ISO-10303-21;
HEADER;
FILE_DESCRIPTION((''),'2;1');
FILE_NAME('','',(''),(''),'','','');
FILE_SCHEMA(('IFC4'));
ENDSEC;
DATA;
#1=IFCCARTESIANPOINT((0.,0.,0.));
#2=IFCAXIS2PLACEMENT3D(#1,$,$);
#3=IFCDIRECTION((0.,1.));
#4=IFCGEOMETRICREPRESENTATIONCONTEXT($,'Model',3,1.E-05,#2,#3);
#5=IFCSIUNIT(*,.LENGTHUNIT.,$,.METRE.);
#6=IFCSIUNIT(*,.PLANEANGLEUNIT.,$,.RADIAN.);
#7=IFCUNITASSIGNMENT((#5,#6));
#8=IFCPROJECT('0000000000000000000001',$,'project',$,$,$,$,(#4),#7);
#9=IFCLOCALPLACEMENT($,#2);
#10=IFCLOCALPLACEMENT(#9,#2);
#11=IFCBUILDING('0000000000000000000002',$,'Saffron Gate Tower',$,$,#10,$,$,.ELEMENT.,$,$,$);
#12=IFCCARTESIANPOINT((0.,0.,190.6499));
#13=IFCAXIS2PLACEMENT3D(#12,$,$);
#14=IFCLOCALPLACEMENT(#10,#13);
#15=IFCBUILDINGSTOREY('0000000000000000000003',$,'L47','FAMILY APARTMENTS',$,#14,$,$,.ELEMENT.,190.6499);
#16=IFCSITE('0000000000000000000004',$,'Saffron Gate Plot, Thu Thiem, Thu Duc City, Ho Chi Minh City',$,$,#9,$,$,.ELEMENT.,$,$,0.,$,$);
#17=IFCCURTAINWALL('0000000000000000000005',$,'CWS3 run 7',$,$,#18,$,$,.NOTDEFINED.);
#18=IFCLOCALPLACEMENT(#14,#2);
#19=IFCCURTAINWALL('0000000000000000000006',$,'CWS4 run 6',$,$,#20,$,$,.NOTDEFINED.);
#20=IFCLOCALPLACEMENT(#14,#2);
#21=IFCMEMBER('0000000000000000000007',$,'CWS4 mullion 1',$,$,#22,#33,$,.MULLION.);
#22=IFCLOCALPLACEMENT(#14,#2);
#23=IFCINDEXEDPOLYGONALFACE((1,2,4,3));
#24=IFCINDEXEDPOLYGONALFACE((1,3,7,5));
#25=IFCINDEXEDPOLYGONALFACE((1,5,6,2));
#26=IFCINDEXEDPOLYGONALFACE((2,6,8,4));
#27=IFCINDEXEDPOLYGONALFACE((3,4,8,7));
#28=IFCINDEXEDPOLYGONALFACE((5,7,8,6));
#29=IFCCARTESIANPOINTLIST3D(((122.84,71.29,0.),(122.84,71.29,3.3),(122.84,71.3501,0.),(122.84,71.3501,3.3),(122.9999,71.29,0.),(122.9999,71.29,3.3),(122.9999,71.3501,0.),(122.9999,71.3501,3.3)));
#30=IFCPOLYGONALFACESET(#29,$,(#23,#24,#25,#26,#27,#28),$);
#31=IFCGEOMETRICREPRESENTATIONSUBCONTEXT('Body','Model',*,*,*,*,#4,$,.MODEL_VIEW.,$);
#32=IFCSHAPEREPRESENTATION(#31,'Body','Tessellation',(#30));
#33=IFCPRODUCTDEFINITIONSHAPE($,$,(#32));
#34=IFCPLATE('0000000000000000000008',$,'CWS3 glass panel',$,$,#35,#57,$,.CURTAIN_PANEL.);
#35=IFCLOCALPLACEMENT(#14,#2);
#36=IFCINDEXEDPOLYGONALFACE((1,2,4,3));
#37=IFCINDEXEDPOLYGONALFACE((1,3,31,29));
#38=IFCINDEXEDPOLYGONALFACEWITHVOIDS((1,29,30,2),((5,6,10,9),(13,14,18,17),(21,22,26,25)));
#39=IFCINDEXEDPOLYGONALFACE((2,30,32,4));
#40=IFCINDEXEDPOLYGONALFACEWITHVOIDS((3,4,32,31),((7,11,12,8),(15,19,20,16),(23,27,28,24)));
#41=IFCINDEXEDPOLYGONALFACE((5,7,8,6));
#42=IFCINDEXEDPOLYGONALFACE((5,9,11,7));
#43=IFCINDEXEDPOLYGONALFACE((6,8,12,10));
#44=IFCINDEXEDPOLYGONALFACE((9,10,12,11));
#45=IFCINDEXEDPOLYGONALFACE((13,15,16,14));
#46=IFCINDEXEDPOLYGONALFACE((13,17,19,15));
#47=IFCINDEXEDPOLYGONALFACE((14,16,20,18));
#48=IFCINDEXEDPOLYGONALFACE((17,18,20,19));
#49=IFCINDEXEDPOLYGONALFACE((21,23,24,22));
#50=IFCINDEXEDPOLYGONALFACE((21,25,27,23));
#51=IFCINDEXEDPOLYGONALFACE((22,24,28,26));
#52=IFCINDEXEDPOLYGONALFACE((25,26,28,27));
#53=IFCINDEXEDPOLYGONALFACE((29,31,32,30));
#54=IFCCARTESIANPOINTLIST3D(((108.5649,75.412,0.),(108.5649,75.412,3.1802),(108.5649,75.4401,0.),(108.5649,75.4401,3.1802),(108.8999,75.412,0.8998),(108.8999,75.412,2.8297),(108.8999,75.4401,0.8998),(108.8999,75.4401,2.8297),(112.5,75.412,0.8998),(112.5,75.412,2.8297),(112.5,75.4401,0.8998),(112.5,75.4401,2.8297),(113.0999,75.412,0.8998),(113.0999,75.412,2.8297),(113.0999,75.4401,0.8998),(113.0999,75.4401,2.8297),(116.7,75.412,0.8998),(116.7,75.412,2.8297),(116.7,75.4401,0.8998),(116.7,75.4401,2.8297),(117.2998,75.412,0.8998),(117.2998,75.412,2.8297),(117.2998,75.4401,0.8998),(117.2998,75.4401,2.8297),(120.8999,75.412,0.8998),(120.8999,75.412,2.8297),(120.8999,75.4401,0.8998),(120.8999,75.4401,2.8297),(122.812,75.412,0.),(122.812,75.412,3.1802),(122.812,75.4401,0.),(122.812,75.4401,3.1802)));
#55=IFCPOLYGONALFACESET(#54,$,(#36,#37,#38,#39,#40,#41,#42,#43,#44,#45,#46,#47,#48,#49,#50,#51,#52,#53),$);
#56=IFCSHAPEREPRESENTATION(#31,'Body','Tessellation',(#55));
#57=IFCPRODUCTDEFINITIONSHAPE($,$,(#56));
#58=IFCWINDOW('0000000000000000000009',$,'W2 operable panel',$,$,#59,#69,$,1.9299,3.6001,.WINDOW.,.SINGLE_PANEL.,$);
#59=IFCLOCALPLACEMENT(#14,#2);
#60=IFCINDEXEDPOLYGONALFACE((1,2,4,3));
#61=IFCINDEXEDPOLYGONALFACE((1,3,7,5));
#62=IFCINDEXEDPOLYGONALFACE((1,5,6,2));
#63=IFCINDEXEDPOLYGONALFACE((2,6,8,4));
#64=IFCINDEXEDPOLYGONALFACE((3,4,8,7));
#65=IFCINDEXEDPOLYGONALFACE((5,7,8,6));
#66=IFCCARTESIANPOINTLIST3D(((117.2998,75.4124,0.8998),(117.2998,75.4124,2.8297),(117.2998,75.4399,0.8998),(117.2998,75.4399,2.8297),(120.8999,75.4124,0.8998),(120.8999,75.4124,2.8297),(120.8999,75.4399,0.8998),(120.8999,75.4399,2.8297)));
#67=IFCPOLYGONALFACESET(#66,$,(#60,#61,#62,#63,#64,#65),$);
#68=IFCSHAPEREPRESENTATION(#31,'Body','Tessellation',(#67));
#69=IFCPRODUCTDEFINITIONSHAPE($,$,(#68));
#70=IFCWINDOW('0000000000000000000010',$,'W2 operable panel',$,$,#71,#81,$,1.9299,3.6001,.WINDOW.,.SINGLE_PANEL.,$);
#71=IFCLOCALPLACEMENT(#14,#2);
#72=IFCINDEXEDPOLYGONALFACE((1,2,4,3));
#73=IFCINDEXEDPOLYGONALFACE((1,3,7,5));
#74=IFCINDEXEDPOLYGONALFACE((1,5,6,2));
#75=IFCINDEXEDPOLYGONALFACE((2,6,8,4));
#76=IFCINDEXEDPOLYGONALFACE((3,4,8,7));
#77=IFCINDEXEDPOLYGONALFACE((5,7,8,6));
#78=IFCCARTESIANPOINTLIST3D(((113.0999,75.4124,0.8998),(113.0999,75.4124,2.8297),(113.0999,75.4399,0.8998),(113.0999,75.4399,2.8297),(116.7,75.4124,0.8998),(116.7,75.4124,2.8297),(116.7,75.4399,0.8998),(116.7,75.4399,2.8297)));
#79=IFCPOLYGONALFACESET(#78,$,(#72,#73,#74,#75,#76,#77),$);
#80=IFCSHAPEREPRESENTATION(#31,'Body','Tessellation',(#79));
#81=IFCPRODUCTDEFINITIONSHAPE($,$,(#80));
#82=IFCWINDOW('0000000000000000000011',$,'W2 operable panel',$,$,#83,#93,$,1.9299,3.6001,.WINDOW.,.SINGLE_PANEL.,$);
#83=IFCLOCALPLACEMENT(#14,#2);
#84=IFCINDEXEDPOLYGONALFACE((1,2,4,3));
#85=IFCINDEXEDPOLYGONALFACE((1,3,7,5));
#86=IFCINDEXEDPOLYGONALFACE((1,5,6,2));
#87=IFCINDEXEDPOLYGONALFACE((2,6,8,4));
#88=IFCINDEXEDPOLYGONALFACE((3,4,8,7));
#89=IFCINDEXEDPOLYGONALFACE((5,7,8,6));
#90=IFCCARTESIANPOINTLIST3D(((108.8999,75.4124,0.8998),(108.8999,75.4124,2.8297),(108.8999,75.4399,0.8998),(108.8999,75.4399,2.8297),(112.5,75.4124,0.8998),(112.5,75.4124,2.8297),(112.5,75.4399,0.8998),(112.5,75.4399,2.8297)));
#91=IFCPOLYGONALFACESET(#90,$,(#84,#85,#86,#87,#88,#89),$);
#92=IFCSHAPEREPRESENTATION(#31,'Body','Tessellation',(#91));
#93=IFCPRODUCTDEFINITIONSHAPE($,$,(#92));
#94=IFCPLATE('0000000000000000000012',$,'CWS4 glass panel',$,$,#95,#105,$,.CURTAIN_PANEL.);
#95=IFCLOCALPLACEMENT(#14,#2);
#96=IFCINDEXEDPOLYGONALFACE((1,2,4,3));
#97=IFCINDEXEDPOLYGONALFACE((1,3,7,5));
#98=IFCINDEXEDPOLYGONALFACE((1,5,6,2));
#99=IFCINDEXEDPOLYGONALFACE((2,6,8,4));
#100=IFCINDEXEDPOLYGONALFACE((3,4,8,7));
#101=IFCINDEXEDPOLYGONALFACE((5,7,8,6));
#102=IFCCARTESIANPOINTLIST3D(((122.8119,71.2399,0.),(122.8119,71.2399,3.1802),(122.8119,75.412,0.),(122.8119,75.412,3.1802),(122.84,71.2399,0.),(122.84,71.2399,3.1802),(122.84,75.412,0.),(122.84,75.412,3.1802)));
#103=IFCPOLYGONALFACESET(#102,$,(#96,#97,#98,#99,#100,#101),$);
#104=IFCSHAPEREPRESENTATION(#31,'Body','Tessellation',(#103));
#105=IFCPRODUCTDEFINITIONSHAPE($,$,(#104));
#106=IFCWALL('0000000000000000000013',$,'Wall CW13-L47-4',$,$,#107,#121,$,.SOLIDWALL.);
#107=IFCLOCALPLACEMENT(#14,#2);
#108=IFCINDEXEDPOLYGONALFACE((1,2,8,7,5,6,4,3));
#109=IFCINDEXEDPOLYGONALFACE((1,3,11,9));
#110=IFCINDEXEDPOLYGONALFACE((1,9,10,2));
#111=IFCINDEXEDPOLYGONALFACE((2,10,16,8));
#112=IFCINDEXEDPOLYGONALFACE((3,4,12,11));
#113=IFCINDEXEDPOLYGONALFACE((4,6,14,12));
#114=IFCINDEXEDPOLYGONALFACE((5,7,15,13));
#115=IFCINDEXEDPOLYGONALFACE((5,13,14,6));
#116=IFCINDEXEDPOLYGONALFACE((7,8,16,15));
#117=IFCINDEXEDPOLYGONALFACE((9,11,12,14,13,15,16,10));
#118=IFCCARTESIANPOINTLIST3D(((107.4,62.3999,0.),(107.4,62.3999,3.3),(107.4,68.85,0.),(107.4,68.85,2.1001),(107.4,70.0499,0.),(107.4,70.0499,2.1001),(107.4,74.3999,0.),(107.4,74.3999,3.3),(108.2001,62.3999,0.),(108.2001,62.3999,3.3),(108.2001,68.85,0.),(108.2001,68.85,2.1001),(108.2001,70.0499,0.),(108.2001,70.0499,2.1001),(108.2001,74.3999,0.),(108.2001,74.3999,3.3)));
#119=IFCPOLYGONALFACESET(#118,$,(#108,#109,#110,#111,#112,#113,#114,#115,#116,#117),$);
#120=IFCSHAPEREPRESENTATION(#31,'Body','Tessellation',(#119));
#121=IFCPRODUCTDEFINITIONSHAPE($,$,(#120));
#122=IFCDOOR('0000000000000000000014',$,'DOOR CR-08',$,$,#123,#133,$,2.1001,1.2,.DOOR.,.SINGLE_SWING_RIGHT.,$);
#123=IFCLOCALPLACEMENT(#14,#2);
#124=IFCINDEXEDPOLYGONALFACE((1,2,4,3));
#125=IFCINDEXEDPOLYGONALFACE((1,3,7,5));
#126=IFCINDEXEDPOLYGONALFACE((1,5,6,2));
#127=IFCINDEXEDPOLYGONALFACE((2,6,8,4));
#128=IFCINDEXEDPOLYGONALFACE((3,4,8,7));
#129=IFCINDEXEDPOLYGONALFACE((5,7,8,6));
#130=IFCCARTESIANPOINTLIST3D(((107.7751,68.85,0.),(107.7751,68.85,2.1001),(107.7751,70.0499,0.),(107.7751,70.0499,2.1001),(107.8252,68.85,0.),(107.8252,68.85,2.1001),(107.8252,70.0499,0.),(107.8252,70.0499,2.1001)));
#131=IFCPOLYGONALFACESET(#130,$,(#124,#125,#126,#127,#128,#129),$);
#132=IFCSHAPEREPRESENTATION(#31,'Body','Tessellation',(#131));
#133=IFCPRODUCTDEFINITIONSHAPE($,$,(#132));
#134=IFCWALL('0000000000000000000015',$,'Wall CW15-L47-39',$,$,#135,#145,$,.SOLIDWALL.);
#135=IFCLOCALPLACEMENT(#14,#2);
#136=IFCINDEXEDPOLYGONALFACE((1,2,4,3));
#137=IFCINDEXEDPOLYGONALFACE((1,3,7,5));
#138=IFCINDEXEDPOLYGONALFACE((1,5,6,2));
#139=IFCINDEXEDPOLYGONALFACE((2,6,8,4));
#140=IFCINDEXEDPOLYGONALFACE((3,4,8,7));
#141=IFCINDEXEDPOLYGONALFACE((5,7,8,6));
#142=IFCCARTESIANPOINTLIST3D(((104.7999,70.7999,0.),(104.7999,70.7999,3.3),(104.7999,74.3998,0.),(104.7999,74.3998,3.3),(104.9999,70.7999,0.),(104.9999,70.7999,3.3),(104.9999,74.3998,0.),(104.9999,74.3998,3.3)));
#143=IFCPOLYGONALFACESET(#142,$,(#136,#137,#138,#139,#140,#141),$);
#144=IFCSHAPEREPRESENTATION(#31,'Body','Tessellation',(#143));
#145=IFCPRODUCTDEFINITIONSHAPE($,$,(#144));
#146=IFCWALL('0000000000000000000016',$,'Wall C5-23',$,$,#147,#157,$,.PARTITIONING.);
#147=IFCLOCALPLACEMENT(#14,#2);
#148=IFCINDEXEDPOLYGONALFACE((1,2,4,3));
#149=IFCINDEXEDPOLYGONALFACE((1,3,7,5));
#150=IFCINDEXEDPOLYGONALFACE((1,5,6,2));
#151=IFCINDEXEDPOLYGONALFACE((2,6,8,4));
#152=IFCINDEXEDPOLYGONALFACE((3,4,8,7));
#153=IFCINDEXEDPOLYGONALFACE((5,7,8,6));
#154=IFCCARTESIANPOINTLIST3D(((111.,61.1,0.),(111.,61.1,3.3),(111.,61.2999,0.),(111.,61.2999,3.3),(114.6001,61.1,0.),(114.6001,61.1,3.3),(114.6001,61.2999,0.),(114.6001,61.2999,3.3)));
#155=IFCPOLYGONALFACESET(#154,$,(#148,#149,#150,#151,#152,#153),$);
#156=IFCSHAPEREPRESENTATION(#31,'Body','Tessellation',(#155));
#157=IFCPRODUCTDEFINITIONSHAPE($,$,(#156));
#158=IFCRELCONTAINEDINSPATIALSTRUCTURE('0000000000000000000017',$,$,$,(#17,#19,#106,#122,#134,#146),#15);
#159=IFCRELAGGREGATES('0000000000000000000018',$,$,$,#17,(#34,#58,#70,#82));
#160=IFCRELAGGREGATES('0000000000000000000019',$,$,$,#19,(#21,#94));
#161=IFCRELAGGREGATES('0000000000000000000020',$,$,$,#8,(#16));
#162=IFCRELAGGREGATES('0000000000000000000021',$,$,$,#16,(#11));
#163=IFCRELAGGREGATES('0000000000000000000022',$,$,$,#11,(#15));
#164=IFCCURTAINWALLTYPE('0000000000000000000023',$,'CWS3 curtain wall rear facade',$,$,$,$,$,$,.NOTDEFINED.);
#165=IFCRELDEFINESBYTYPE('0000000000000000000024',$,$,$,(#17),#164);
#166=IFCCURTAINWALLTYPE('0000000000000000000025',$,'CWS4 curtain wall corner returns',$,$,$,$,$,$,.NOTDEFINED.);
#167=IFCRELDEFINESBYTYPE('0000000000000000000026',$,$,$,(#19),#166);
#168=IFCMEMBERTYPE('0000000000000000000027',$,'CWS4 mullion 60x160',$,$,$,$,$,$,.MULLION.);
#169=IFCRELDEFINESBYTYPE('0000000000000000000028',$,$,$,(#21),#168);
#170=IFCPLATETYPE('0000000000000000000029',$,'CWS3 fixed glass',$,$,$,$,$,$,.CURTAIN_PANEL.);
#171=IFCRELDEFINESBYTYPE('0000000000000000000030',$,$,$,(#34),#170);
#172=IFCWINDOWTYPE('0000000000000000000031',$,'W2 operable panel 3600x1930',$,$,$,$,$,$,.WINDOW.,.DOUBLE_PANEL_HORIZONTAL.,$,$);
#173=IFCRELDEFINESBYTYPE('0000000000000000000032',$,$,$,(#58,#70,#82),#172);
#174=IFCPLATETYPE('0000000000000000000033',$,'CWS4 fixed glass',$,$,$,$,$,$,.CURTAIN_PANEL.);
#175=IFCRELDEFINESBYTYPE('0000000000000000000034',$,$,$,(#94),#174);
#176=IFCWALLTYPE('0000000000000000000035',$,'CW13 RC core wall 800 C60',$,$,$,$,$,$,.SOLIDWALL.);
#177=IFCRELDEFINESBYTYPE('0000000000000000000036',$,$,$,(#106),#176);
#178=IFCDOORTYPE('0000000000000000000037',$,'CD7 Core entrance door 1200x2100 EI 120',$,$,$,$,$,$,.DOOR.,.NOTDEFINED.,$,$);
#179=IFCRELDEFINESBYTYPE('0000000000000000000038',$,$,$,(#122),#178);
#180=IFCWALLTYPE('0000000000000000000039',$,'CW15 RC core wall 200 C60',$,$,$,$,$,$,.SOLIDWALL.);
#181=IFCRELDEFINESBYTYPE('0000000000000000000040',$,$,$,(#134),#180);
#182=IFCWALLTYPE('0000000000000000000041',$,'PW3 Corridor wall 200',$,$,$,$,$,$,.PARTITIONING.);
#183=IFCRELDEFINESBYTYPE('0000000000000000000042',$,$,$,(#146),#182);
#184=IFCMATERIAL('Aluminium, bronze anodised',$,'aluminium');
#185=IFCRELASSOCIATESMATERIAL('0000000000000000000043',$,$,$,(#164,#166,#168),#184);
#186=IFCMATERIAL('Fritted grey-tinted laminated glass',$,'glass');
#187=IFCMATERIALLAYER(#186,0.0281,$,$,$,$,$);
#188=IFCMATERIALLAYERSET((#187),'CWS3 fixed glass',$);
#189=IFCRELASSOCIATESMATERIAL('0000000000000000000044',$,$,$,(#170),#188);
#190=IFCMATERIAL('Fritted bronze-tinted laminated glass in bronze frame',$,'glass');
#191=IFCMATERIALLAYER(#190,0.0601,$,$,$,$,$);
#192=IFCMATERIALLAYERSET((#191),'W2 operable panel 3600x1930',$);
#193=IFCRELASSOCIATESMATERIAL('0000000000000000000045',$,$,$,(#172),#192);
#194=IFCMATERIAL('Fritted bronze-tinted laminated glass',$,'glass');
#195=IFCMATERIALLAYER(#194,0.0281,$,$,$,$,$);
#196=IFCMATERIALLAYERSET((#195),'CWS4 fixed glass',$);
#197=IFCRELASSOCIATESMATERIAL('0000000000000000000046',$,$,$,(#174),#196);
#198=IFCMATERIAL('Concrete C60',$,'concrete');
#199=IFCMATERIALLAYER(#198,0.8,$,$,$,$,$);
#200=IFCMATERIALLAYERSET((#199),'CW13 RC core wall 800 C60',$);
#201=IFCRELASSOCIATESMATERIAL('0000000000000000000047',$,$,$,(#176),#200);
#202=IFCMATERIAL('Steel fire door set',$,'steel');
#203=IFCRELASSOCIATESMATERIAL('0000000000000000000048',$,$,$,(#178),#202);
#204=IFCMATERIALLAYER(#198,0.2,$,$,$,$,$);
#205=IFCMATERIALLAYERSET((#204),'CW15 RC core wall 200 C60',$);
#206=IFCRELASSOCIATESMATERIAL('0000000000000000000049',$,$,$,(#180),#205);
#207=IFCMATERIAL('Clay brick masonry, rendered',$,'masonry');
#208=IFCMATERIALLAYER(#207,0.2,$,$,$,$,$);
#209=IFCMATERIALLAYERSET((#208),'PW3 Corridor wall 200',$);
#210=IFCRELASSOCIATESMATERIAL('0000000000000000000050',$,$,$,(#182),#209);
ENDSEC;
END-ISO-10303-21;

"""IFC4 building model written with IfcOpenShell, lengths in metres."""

from ifc_helpers import new_model, si_unit, direction, frame, frame_2d, origin, origin_2d, place, context, subcontext, project, spatial, rectangle, extrude, material, layer, layer_set, material_profile, profile_set, type_object, element, fill, aggregate, save


model = new_model("IFC4")

# Units and contexts
model_context = context("Model", 3, precision=1e-05, world=origin(), true_north=direction((0.0, 1.0)))
body_context = subcontext(model_context, "Body", "Model", "MODEL_VIEW")
ifc_project = project(units=[si_unit("LENGTHUNIT", "METRE"), si_unit("PLANEANGLEUNIT", "RADIAN")], contexts=[model_context])

# Site, building, storey
site_placement = place(None, origin())
site = spatial("IfcSite", under=ifc_project, at=site_placement, Name="Saffron Gate Plot, Thu Thiem, Thu Duc City, Ho Chi Minh City", CompositionType="ELEMENT", RefElevation=0.0)
building_placement = place(site_placement, origin())
building = spatial("IfcBuilding", under=site, at=building_placement, Name="Saffron Gate Tower", CompositionType="ELEMENT")
storey_placement = place(building_placement, frame((0.0, 0.0, 190.6499)))
storey = spatial("IfcBuildingStorey", under=building, at=storey_placement, Name="L47", Description="FAMILY APARTMENTS", CompositionType="ELEMENT", Elevation=190.6499)

# Curtain walls, member
ifc_material_1 = material(Name="Aluminium, bronze anodised", Category="aluminium")
curtain_wall_type_1 = type_object("IfcCurtainWallType", Name="CWS3 curtain wall rear facade", PredefinedType="NOTDEFINED", material=ifc_material_1)
curtain_wall_1_placement = place(storey_placement, origin())
curtain_wall_1 = element("IfcCurtainWall", 1, at=curtain_wall_1_placement, inside=storey, type_object=curtain_wall_type_1, Name="CWS3 run 7", PredefinedType="NOTDEFINED")
curtain_wall_type_2 = type_object("IfcCurtainWallType", Name="CWS4 curtain wall corner returns", PredefinedType="NOTDEFINED", material=ifc_material_1)
curtain_wall_2_placement = place(storey_placement, origin())
curtain_wall_2 = element("IfcCurtainWall", 2, at=curtain_wall_2_placement, inside=storey, type_object=curtain_wall_type_2, Name="CWS4 run 6", PredefinedType="NOTDEFINED")
ifc_material_profile_1 = material_profile(ifc_material_1, rectangle(XDim=0.1599, YDim=0.0601, at=origin_2d()))
ifc_profile_set_1 = profile_set([ifc_material_profile_1], Name="Aluminium, bronze anodised")
member_type_1 = type_object("IfcMemberType", Name="CWS4 mullion 60x160", PredefinedType="MULLION", material=ifc_profile_set_1)
member_1_placement = place(storey_placement, frame((122.9199, 71.3201, 0.0), z_axis=(0.0, 0.0, 1.0), x_axis=(-1.0, 0.0, 0.0)))
member_1 = element("IfcMember", 3, at=member_1_placement, type_object=member_type_1, Name="CWS4 mullion 1", PredefinedType="MULLION", context=body_context, shape_type="SweptSolid", body=[
    extrude(rectangle(XDim=0.1599, YDim=0.0601, at=origin_2d()), origin(), (0.0, 0.0, 1.0), 3.3),
])

# Plate, openings, windows
ifc_material_2 = material(Name="Fritted grey-tinted laminated glass", Category="glass")
ifc_layer_1 = layer(ifc_material_2, 0.0281)
ifc_layer_set_1 = layer_set([ifc_layer_1], Name="CWS3 fixed glass")
plate_type_1 = type_object("IfcPlateType", Name="CWS3 fixed glass", PredefinedType="CURTAIN_PANEL", material=ifc_layer_set_1)
plate_1_placement = place(storey_placement, frame((122.812, 75.426, 0.0), z_axis=(0.0, 0.0, 1.0), x_axis=(-1.0, 0.0, 0.0)))
plate_1 = element("IfcPlate", 4, at=plate_1_placement, type_object=plate_type_1, Name="CWS3 glass panel", PredefinedType="CURTAIN_PANEL", context=body_context, shape_type="SweptSolid", body=[
    extrude(rectangle(XDim=14.2471, YDim=0.0281, at=frame_2d((7.1235, 0.0))), origin(), (0.0, 0.0, 1.0), 3.1802),
])
opening_1_placement = place(plate_1_placement, frame((1.9121, 0.0, 0.8999)))
opening_1 = element("IfcOpeningElement", 5, at=opening_1_placement, cuts=plate_1, PredefinedType="OPENING", context=body_context, shape_type="SweptSolid", body=[
    extrude(rectangle(XDim=3.6001, YDim=1.9299, at=frame_2d((1.8, 0.9648))), frame((0.0, 0.0239, 0.0), z_axis=(0.0, -1.0, 0.0), x_axis=(1.0, 0.0, 0.0)), (0.0, 0.0, 1.0), 0.0481),
])
opening_2_placement = place(plate_1_placement, frame((6.1121, 0.0, 0.8999)))
opening_2 = element("IfcOpeningElement", 6, at=opening_2_placement, cuts=plate_1, PredefinedType="OPENING", context=body_context, shape_type="SweptSolid", body=[
    extrude(rectangle(XDim=3.6001, YDim=1.9299, at=frame_2d((1.8, 0.9648))), frame((0.0, 0.0239, 0.0), z_axis=(0.0, -1.0, 0.0), x_axis=(1.0, 0.0, 0.0)), (0.0, 0.0, 1.0), 0.0481),
])
opening_3_placement = place(plate_1_placement, frame((10.312, 0.0, 0.8999)))
opening_3 = element("IfcOpeningElement", 7, at=opening_3_placement, cuts=plate_1, PredefinedType="OPENING", context=body_context, shape_type="SweptSolid", body=[
    extrude(rectangle(XDim=3.6001, YDim=1.9299, at=frame_2d((1.8, 0.9648))), frame((0.0, 0.0239, 0.0), z_axis=(0.0, -1.0, 0.0), x_axis=(1.0, 0.0, 0.0)), (0.0, 0.0, 1.0), 0.0481),
])
ifc_material_3 = material(Name="Fritted bronze-tinted laminated glass in bronze frame", Category="glass")
ifc_layer_2 = layer(ifc_material_3, 0.0601)
ifc_layer_set_2 = layer_set([ifc_layer_2], Name="W2 operable panel 3600x1930")
window_type = type_object("IfcWindowType", Name="W2 operable panel 3600x1930", PartitioningType="DOUBLE_PANEL_HORIZONTAL", PredefinedType="WINDOW", material=ifc_layer_set_2)
window_1_placement = place(opening_1_placement, origin())
window_1 = element("IfcWindow", 8, at=window_1_placement, type_object=window_type, Name="W2 operable panel", OverallHeight=1.9299, OverallWidth=3.6001, PartitioningType="SINGLE_PANEL", PredefinedType="WINDOW", context=body_context, shape_type="SweptSolid", body=[
    extrude(rectangle(XDim=3.6001, YDim=1.9299, at=frame_2d((1.8, 0.9648))), frame((0.0, 0.0137, 0.0), z_axis=(0.0, -1.0, 0.0), x_axis=(1.0, 0.0, 0.0)), (0.0, 0.0, 1.0), 0.0276),
])
fill(opening_1, window_1)
window_2_placement = place(opening_2_placement, origin())
window_2 = element("IfcWindow", 9, at=window_2_placement, type_object=window_type, Name="W2 operable panel", OverallHeight=1.9299, OverallWidth=3.6001, PartitioningType="SINGLE_PANEL", PredefinedType="WINDOW", context=body_context, shape_type="SweptSolid", body=[
    extrude(rectangle(XDim=3.6001, YDim=1.9299, at=frame_2d((1.8, 0.9648))), frame((0.0, 0.0137, 0.0), z_axis=(0.0, -1.0, 0.0), x_axis=(1.0, 0.0, 0.0)), (0.0, 0.0, 1.0), 0.0276),
])
fill(opening_2, window_2)
window_3_placement = place(opening_3_placement, origin())
window_3 = element("IfcWindow", 10, at=window_3_placement, type_object=window_type, Name="W2 operable panel", OverallHeight=1.9299, OverallWidth=3.6001, PartitioningType="SINGLE_PANEL", PredefinedType="WINDOW", context=body_context, shape_type="SweptSolid", body=[
    extrude(rectangle(XDim=3.6001, YDim=1.9299, at=frame_2d((1.8, 0.9648))), frame((0.0, 0.0137, 0.0), z_axis=(0.0, -1.0, 0.0), x_axis=(1.0, 0.0, 0.0)), (0.0, 0.0, 1.0), 0.0276),
])
fill(opening_3, window_3)
aggregate(curtain_wall_1, [plate_1, window_1, window_2, window_3])

# Plate
ifc_material_4 = material(Name="Fritted bronze-tinted laminated glass", Category="glass")
ifc_layer_3 = layer(ifc_material_4, 0.0281)
ifc_layer_set_3 = layer_set([ifc_layer_3], Name="CWS4 fixed glass")
plate_type_2 = type_object("IfcPlateType", Name="CWS4 fixed glass", PredefinedType="CURTAIN_PANEL", material=ifc_layer_set_3)
plate_2_placement = place(storey_placement, frame((122.8259, 71.24, 0.0), z_axis=(0.0, 0.0, 1.0), x_axis=(0.0, 1.0, 0.0)))
plate_2 = element("IfcPlate", 11, at=plate_2_placement, type_object=plate_type_2, Name="CWS4 glass panel", PredefinedType="CURTAIN_PANEL", context=body_context, shape_type="SweptSolid", body=[
    extrude(rectangle(XDim=4.1721, YDim=0.0281, at=frame_2d((2.0859, 0.0))), origin(), (0.0, 0.0, 1.0), 3.1802),
])
aggregate(curtain_wall_2, [member_1, plate_2])

# Wall, opening, door
ifc_material_5 = material(Name="Concrete C60", Category="concrete")
ifc_layer_4 = layer(ifc_material_5, 0.8)
ifc_layer_set_4 = layer_set([ifc_layer_4], Name="CW13 RC core wall 800 C60")
wall_type_1 = type_object("IfcWallType", Name="CW13 RC core wall 800 C60", PredefinedType="SOLIDWALL", material=ifc_layer_set_4)
wall_1_placement = place(storey_placement, frame((107.8, 62.3999, 0.0), z_axis=(0.0, 0.0, 1.0), x_axis=(0.0, 1.0, 0.0)))
wall_1 = element("IfcWall", 12, at=wall_1_placement, inside=storey, type_object=wall_type_1, Name="Wall CW13-L47-4", PredefinedType="SOLIDWALL", context=body_context, shape_type="SweptSolid", body=[
    extrude(rectangle(XDim=12.0, YDim=0.8, at=frame_2d((6.0, 0.0))), origin(), (0.0, 0.0, 1.0), 3.3),
])
opening_4_placement = place(wall_1_placement, frame((6.45, 0.0, 0.0)))
opening_4 = element("IfcOpeningElement", 13, at=opening_4_placement, cuts=wall_1, PredefinedType="OPENING", context=body_context, shape_type="SweptSolid", body=[
    extrude(rectangle(XDim=1.2, YDim=2.1001, at=frame_2d((0.6001, 1.05))), frame((0.0, 0.4102, 0.0), z_axis=(0.0, -1.0, 0.0), x_axis=(1.0, 0.0, 0.0)), (0.0, 0.0, 1.0), 0.8201),
])
ifc_material_6 = material(Name="Steel fire door set", Category="steel")
door_type_1 = type_object("IfcDoorType", Name="CD7 Core entrance door 1200x2100 EI 120", OperationType="NOTDEFINED", PredefinedType="DOOR", material=ifc_material_6)
door_1_placement = place(opening_4_placement, origin())
door_1 = element("IfcDoor", 14, at=door_1_placement, inside=storey, type_object=door_type_1, Name="DOOR CR-08", OperationType="SINGLE_SWING_RIGHT", OverallHeight=2.1001, OverallWidth=1.2, PredefinedType="DOOR", context=body_context, shape_type="SweptSolid", body=[
    extrude(rectangle(XDim=1.2, YDim=2.1001, at=frame_2d((0.6001, 1.05))), frame((0.0, 0.0249, 0.0), z_axis=(0.0, -1.0, 0.0), x_axis=(1.0, 0.0, 0.0)), (0.0, 0.0, 1.0), 0.05),
])
fill(opening_4, door_1)

# Walls
ifc_layer_5 = layer(ifc_material_5, 0.2)
ifc_layer_set_5 = layer_set([ifc_layer_5], Name="CW15 RC core wall 200 C60")
wall_type_2 = type_object("IfcWallType", Name="CW15 RC core wall 200 C60", PredefinedType="SOLIDWALL", material=ifc_layer_set_5)
wall_2_placement = place(storey_placement, frame((104.8999, 70.8, 0.0), z_axis=(0.0, 0.0, 1.0), x_axis=(0.0, 1.0, 0.0)))
element("IfcWall", 15, at=wall_2_placement, inside=storey, type_object=wall_type_2, Name="Wall CW15-L47-39", PredefinedType="SOLIDWALL", context=body_context, shape_type="SweptSolid", body=[
    extrude(rectangle(XDim=3.5999, YDim=0.2, at=frame_2d((1.7998, 0.0))), origin(), (0.0, 0.0, 1.0), 3.3),
])
ifc_material_7 = material(Name="Clay brick masonry, rendered", Category="masonry")
ifc_layer_6 = layer(ifc_material_7, 0.2)
ifc_layer_set_6 = layer_set([ifc_layer_6], Name="PW3 Corridor wall 200")
wall_type_3 = type_object("IfcWallType", Name="PW3 Corridor wall 200", PredefinedType="PARTITIONING", material=ifc_layer_set_6)
wall_3_placement = place(storey_placement, frame((111.0, 61.2, 0.0), z_axis=(0.0, 0.0, 1.0), x_axis=(1.0, 0.0, 0.0)))
element("IfcWall", 16, at=wall_3_placement, inside=storey, type_object=wall_type_3, Name="Wall C5-23", PredefinedType="PARTITIONING", context=body_context, shape_type="SweptSolid", body=[
    extrude(rectangle(XDim=3.6001, YDim=0.2, at=frame_2d((1.8, 0.0))), origin(), (0.0, 0.0, 1.0), 3.3),
])

save(model, "model.ifc")
